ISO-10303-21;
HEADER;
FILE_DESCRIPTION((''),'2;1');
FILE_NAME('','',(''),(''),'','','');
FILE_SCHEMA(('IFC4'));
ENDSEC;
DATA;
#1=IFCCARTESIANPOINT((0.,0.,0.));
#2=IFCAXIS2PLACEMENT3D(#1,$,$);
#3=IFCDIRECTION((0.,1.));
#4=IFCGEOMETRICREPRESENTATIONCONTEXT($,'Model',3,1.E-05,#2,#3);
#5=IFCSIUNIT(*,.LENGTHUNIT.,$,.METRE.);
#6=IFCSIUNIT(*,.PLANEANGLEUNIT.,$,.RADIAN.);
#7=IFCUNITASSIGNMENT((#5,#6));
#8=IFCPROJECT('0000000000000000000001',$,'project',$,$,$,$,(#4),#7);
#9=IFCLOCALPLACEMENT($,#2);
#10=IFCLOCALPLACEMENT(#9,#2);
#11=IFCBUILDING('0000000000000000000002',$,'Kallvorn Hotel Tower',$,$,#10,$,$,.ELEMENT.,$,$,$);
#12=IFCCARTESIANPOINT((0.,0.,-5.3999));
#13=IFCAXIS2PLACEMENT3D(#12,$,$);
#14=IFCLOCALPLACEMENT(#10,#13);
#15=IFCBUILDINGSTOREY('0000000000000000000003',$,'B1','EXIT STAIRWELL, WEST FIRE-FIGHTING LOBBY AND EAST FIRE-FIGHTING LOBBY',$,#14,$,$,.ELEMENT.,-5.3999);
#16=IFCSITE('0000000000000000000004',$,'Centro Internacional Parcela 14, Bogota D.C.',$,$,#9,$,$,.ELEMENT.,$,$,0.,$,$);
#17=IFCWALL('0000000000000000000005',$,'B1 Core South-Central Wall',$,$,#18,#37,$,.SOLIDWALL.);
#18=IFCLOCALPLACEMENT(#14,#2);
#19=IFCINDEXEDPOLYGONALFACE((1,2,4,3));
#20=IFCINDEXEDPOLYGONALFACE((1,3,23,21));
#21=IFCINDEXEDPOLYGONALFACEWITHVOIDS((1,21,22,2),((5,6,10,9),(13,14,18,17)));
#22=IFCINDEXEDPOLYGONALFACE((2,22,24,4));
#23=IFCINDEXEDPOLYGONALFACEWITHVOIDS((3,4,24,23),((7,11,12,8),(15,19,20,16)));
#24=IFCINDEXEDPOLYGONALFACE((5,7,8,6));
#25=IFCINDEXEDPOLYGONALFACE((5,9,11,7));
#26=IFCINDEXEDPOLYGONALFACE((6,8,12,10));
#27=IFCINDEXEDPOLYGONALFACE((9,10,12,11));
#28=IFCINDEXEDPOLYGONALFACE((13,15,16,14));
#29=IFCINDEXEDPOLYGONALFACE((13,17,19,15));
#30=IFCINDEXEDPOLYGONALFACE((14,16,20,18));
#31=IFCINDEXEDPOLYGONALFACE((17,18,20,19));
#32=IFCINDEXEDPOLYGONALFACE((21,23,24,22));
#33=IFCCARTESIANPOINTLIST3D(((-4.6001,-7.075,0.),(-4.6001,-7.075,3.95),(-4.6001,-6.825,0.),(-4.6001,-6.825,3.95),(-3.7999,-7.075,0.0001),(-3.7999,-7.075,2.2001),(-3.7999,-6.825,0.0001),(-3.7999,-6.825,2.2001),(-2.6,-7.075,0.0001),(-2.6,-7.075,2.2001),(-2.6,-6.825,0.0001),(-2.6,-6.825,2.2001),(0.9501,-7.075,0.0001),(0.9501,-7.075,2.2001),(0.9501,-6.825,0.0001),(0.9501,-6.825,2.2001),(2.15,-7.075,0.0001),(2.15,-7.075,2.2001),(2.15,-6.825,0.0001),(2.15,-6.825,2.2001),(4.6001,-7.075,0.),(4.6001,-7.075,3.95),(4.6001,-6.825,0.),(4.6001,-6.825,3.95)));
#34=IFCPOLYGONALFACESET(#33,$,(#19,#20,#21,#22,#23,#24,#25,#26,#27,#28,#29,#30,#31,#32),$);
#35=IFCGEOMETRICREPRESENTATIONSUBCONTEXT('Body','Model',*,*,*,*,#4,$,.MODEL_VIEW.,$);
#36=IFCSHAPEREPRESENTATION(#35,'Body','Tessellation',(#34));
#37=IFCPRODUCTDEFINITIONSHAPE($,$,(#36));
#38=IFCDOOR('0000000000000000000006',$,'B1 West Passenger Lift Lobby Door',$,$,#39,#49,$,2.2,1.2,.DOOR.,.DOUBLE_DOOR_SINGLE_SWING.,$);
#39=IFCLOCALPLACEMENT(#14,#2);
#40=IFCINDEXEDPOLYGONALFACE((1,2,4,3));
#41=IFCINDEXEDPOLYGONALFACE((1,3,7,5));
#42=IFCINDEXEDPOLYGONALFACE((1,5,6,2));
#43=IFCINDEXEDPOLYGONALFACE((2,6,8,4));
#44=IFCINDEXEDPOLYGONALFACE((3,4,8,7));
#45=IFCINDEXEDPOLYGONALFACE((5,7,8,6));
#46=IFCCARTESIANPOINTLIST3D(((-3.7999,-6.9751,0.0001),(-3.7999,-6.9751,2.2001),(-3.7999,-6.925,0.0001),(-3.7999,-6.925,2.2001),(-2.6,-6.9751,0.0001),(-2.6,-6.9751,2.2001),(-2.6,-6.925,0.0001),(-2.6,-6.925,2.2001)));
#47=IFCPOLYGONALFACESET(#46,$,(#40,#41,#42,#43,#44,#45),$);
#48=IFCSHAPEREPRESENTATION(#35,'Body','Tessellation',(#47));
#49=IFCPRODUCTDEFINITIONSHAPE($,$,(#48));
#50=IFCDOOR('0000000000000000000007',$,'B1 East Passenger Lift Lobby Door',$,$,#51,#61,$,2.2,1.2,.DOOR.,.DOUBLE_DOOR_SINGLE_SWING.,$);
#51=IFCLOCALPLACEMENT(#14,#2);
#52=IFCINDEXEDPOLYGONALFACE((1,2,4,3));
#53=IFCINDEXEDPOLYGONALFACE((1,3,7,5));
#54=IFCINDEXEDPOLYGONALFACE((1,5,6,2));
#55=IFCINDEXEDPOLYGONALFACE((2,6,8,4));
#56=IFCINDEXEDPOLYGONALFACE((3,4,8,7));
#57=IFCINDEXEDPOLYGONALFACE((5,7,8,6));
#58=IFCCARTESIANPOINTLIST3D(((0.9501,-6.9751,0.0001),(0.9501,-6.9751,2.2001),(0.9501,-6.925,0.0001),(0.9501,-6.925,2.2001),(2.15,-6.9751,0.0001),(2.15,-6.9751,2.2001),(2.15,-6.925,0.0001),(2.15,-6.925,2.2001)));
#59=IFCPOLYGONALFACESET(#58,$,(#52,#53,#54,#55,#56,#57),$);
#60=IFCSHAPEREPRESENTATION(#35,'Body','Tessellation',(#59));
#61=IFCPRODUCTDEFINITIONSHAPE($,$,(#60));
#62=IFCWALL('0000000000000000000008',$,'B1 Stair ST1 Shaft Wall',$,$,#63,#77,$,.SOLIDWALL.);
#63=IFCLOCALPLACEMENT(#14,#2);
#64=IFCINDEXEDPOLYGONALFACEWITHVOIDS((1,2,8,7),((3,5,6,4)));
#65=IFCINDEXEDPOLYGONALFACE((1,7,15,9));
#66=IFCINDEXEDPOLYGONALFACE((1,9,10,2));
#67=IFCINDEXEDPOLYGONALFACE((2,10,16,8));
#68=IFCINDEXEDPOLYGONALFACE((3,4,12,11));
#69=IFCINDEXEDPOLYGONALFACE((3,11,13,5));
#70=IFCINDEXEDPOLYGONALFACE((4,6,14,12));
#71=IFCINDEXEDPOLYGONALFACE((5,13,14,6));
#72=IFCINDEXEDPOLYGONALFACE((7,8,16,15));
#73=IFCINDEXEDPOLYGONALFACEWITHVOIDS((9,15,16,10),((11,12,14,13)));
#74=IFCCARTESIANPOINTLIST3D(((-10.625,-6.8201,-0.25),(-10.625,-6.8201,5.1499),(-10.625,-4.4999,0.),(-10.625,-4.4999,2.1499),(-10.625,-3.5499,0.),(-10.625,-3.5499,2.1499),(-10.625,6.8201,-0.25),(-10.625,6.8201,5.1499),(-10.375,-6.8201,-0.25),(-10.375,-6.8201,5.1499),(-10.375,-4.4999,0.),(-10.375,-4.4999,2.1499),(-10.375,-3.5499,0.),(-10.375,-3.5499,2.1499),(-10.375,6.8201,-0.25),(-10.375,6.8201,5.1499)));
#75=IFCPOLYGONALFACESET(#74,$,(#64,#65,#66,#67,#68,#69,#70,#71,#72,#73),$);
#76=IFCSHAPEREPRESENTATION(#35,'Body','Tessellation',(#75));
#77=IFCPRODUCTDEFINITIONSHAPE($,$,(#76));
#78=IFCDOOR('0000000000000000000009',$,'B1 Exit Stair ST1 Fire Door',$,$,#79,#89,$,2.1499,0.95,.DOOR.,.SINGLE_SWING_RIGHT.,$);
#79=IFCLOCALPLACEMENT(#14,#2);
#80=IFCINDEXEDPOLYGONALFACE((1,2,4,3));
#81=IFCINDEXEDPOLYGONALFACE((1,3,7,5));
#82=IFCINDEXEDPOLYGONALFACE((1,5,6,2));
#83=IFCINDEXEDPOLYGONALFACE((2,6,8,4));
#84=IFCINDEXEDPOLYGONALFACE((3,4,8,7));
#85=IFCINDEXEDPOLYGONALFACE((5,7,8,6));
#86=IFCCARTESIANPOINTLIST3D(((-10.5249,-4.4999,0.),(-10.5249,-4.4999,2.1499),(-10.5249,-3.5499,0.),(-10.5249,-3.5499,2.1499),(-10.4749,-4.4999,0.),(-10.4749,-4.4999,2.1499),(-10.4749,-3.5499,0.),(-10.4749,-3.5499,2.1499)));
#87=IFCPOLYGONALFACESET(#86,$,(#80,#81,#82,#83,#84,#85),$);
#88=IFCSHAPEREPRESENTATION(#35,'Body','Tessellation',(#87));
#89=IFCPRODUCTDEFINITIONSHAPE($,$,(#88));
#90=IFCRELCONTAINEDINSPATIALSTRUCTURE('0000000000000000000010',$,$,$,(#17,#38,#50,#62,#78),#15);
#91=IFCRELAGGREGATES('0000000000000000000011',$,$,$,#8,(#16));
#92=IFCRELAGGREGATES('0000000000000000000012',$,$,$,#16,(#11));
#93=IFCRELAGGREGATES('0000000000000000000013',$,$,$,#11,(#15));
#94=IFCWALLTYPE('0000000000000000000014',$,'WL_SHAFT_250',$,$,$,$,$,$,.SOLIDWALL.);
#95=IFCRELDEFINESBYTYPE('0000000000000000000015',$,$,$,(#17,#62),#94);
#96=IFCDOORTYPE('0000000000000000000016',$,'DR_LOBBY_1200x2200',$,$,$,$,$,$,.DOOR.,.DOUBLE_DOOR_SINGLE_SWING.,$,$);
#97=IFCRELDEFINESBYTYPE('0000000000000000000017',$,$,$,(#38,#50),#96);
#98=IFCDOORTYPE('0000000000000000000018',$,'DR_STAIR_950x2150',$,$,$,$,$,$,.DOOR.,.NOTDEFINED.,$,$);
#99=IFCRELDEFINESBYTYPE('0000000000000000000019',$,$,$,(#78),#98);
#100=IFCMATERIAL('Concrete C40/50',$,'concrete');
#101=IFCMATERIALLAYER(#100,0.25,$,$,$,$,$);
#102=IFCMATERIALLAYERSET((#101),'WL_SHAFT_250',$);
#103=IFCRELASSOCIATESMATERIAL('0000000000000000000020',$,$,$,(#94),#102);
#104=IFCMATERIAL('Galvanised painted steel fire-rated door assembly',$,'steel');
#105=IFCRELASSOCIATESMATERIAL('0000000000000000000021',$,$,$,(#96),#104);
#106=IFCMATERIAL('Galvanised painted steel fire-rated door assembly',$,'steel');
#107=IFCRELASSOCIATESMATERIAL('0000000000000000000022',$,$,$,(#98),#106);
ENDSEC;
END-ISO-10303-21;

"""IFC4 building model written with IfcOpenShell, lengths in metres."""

from ifc_helpers import new_model, si_unit, direction, frame, frame_2d, origin, place, context, subcontext, project, spatial, rectangle, extrude, material, layer, layer_set, type_object, element, fill, save


model = new_model("IFC4")

# Units and contexts
model_context = context("Model", 3, precision=1e-05, world=origin(), true_north=direction((0.0, 1.0)))
body_context = subcontext(model_context, "Body", "Model", "MODEL_VIEW")
ifc_project = project(units=[si_unit("LENGTHUNIT", "METRE"), si_unit("PLANEANGLEUNIT", "RADIAN")], contexts=[model_context])

# Site, building, storey
site_placement = place(None, origin())
site = spatial("IfcSite", under=ifc_project, at=site_placement, Name="Centro Internacional Parcela 14, Bogota D.C.", CompositionType="ELEMENT", RefElevation=0.0)
building_placement = place(site_placement, origin())
building = spatial("IfcBuilding", under=site, at=building_placement, Name="Kallvorn Hotel Tower", CompositionType="ELEMENT")
storey_placement = place(building_placement, frame((0.0, 0.0, -5.3999)))
storey = spatial("IfcBuildingStorey", under=building, at=storey_placement, Name="B1", Description="EXIT STAIRWELL, WEST FIRE-FIGHTING LOBBY AND EAST FIRE-FIGHTING LOBBY", CompositionType="ELEMENT", Elevation=-5.3999)

# Wall, openings, doors
ifc_material_1 = material(Name="Concrete C40/50", Category="concrete")
ifc_layer_1 = layer(ifc_material_1, 0.25)
ifc_layer_set_1 = layer_set([ifc_layer_1], Name="WL_SHAFT_250")
wall_type_1 = type_object("IfcWallType", Name="WL_SHAFT_250", PredefinedType="SOLIDWALL", material=ifc_layer_set_1)
wall_1_placement = place(storey_placement, frame((-4.6001, -6.95, 0.0), z_axis=(0.0, 0.0, 1.0), x_axis=(1.0, 0.0, 0.0)))
wall_1 = element("IfcWall", 1, at=wall_1_placement, inside=storey, type_object=wall_type_1, Name="B1 Core South-Central Wall", PredefinedType="SOLIDWALL", context=body_context, shape_type="SweptSolid", body=[
    extrude(rectangle(XDim=9.2002, YDim=0.25, at=frame_2d((4.6001, 0.0))), origin(), (0.0, 0.0, 1.0), 3.95),
])
opening_1_placement = place(wall_1_placement, frame((0.8, 0.0, 0.0)))
opening_1 = element("IfcOpeningElement", 2, at=opening_1_placement, cuts=wall_1, PredefinedType="OPENING", context=body_context, shape_type="SweptSolid", body=[
    extrude(rectangle(XDim=1.2, YDim=2.2, at=frame_2d((0.6001, 1.1001))), frame((0.0, 0.1399, 0.0), z_axis=(0.0, -1.0, 0.0), x_axis=(1.0, 0.0, 0.0)), (0.0, 0.0, 1.0), 0.28),
])
opening_2_placement = place(wall_1_placement, frame((5.55, 0.0, 0.0)))
opening_2 = element("IfcOpeningElement", 3, at=opening_2_placement, cuts=wall_1, PredefinedType="OPENING", context=body_context, shape_type="SweptSolid", body=[
    extrude(rectangle(XDim=1.2, YDim=2.2, at=frame_2d((0.6001, 1.1001))), frame((0.0, 0.1399, 0.0), z_axis=(0.0, -1.0, 0.0), x_axis=(1.0, 0.0, 0.0)), (0.0, 0.0, 1.0), 0.28),
])
ifc_material_2 = material(Name="Galvanised painted steel fire-rated door assembly", Category="steel")
door_type_1 = type_object("IfcDoorType", Name="DR_LOBBY_1200x2200", OperationType="DOUBLE_DOOR_SINGLE_SWING", PredefinedType="DOOR", material=ifc_material_2)
door_1_placement = place(opening_1_placement, origin())
door_1 = element("IfcDoor", 4, at=door_1_placement, inside=storey, type_object=door_type_1, Name="B1 West Passenger Lift Lobby Door", OperationType="DOUBLE_DOOR_SINGLE_SWING", OverallHeight=2.2, OverallWidth=1.2, PredefinedType="DOOR", context=body_context, shape_type="SweptSolid", body=[
    extrude(rectangle(XDim=1.2, YDim=2.2, at=frame_2d((0.6001, 1.1001))), frame((0.0, 0.0249, 0.0), z_axis=(0.0, -1.0, 0.0), x_axis=(1.0, 0.0, 0.0)), (0.0, 0.0, 1.0), 0.05),
])
fill(opening_1, door_1)
door_2_placement = place(opening_2_placement, origin())
door_2 = element("IfcDoor", 5, at=door_2_placement, inside=storey, type_object=door_type_1, Name="B1 East Passenger Lift Lobby Door", OperationType="DOUBLE_DOOR_SINGLE_SWING", OverallHeight=2.2, OverallWidth=1.2, PredefinedType="DOOR", context=body_context, shape_type="SweptSolid", body=[
    extrude(rectangle(XDim=1.2, YDim=2.2, at=frame_2d((0.6001, 1.1001))), frame((0.0, 0.0249, 0.0), z_axis=(0.0, -1.0, 0.0), x_axis=(1.0, 0.0, 0.0)), (0.0, 0.0, 1.0), 0.05),
])
fill(opening_2, door_2)

# Wall, opening, door
wall_2_placement = place(storey_placement, frame((-10.5, -6.8201, -0.25), z_axis=(0.0, 0.0, 1.0), x_axis=(0.0, 1.0, 0.0)))
wall_2 = element("IfcWall", 6, at=wall_2_placement, inside=storey, type_object=wall_type_1, Name="B1 Stair ST1 Shaft Wall", PredefinedType="SOLIDWALL", context=body_context, shape_type="SweptSolid", body=[
    extrude(rectangle(XDim=13.6401, YDim=0.25, at=frame_2d((6.8201, 0.0))), origin(), (0.0, 0.0, 1.0), 5.3999),
])
opening_3_placement = place(wall_2_placement, frame((2.3201, 0.0, 0.25)))
opening_3 = element("IfcOpeningElement", 7, at=opening_3_placement, cuts=wall_2, PredefinedType="OPENING", context=body_context, shape_type="SweptSolid", body=[
    extrude(rectangle(XDim=0.95, YDim=2.1499, at=frame_2d((0.4751, 1.075))), frame((0.0, 0.1399, 0.0), z_axis=(0.0, -1.0, 0.0), x_axis=(1.0, 0.0, 0.0)), (0.0, 0.0, 1.0), 0.28),
])
ifc_material_3 = material(Name="Galvanised painted steel fire-rated door assembly", Category="steel")
door_type_2 = type_object("IfcDoorType", Name="DR_STAIR_950x2150", OperationType="NOTDEFINED", PredefinedType="DOOR", material=ifc_material_3)
door_3_placement = place(opening_3_placement, origin())
door_3 = element("IfcDoor", 8, at=door_3_placement, inside=storey, type_object=door_type_2, Name="B1 Exit Stair ST1 Fire Door", OperationType="SINGLE_SWING_RIGHT", OverallHeight=2.1499, OverallWidth=0.95, PredefinedType="DOOR", context=body_context, shape_type="SweptSolid", body=[
    extrude(rectangle(XDim=0.95, YDim=2.1499, at=frame_2d((0.4751, 1.075))), frame((0.0, 0.0249, 0.0), z_axis=(0.0, -1.0, 0.0), x_axis=(1.0, 0.0, 0.0)), (0.0, 0.0, 1.0), 0.05),
])
fill(opening_3, door_3)

save(model, "model.ifc")
